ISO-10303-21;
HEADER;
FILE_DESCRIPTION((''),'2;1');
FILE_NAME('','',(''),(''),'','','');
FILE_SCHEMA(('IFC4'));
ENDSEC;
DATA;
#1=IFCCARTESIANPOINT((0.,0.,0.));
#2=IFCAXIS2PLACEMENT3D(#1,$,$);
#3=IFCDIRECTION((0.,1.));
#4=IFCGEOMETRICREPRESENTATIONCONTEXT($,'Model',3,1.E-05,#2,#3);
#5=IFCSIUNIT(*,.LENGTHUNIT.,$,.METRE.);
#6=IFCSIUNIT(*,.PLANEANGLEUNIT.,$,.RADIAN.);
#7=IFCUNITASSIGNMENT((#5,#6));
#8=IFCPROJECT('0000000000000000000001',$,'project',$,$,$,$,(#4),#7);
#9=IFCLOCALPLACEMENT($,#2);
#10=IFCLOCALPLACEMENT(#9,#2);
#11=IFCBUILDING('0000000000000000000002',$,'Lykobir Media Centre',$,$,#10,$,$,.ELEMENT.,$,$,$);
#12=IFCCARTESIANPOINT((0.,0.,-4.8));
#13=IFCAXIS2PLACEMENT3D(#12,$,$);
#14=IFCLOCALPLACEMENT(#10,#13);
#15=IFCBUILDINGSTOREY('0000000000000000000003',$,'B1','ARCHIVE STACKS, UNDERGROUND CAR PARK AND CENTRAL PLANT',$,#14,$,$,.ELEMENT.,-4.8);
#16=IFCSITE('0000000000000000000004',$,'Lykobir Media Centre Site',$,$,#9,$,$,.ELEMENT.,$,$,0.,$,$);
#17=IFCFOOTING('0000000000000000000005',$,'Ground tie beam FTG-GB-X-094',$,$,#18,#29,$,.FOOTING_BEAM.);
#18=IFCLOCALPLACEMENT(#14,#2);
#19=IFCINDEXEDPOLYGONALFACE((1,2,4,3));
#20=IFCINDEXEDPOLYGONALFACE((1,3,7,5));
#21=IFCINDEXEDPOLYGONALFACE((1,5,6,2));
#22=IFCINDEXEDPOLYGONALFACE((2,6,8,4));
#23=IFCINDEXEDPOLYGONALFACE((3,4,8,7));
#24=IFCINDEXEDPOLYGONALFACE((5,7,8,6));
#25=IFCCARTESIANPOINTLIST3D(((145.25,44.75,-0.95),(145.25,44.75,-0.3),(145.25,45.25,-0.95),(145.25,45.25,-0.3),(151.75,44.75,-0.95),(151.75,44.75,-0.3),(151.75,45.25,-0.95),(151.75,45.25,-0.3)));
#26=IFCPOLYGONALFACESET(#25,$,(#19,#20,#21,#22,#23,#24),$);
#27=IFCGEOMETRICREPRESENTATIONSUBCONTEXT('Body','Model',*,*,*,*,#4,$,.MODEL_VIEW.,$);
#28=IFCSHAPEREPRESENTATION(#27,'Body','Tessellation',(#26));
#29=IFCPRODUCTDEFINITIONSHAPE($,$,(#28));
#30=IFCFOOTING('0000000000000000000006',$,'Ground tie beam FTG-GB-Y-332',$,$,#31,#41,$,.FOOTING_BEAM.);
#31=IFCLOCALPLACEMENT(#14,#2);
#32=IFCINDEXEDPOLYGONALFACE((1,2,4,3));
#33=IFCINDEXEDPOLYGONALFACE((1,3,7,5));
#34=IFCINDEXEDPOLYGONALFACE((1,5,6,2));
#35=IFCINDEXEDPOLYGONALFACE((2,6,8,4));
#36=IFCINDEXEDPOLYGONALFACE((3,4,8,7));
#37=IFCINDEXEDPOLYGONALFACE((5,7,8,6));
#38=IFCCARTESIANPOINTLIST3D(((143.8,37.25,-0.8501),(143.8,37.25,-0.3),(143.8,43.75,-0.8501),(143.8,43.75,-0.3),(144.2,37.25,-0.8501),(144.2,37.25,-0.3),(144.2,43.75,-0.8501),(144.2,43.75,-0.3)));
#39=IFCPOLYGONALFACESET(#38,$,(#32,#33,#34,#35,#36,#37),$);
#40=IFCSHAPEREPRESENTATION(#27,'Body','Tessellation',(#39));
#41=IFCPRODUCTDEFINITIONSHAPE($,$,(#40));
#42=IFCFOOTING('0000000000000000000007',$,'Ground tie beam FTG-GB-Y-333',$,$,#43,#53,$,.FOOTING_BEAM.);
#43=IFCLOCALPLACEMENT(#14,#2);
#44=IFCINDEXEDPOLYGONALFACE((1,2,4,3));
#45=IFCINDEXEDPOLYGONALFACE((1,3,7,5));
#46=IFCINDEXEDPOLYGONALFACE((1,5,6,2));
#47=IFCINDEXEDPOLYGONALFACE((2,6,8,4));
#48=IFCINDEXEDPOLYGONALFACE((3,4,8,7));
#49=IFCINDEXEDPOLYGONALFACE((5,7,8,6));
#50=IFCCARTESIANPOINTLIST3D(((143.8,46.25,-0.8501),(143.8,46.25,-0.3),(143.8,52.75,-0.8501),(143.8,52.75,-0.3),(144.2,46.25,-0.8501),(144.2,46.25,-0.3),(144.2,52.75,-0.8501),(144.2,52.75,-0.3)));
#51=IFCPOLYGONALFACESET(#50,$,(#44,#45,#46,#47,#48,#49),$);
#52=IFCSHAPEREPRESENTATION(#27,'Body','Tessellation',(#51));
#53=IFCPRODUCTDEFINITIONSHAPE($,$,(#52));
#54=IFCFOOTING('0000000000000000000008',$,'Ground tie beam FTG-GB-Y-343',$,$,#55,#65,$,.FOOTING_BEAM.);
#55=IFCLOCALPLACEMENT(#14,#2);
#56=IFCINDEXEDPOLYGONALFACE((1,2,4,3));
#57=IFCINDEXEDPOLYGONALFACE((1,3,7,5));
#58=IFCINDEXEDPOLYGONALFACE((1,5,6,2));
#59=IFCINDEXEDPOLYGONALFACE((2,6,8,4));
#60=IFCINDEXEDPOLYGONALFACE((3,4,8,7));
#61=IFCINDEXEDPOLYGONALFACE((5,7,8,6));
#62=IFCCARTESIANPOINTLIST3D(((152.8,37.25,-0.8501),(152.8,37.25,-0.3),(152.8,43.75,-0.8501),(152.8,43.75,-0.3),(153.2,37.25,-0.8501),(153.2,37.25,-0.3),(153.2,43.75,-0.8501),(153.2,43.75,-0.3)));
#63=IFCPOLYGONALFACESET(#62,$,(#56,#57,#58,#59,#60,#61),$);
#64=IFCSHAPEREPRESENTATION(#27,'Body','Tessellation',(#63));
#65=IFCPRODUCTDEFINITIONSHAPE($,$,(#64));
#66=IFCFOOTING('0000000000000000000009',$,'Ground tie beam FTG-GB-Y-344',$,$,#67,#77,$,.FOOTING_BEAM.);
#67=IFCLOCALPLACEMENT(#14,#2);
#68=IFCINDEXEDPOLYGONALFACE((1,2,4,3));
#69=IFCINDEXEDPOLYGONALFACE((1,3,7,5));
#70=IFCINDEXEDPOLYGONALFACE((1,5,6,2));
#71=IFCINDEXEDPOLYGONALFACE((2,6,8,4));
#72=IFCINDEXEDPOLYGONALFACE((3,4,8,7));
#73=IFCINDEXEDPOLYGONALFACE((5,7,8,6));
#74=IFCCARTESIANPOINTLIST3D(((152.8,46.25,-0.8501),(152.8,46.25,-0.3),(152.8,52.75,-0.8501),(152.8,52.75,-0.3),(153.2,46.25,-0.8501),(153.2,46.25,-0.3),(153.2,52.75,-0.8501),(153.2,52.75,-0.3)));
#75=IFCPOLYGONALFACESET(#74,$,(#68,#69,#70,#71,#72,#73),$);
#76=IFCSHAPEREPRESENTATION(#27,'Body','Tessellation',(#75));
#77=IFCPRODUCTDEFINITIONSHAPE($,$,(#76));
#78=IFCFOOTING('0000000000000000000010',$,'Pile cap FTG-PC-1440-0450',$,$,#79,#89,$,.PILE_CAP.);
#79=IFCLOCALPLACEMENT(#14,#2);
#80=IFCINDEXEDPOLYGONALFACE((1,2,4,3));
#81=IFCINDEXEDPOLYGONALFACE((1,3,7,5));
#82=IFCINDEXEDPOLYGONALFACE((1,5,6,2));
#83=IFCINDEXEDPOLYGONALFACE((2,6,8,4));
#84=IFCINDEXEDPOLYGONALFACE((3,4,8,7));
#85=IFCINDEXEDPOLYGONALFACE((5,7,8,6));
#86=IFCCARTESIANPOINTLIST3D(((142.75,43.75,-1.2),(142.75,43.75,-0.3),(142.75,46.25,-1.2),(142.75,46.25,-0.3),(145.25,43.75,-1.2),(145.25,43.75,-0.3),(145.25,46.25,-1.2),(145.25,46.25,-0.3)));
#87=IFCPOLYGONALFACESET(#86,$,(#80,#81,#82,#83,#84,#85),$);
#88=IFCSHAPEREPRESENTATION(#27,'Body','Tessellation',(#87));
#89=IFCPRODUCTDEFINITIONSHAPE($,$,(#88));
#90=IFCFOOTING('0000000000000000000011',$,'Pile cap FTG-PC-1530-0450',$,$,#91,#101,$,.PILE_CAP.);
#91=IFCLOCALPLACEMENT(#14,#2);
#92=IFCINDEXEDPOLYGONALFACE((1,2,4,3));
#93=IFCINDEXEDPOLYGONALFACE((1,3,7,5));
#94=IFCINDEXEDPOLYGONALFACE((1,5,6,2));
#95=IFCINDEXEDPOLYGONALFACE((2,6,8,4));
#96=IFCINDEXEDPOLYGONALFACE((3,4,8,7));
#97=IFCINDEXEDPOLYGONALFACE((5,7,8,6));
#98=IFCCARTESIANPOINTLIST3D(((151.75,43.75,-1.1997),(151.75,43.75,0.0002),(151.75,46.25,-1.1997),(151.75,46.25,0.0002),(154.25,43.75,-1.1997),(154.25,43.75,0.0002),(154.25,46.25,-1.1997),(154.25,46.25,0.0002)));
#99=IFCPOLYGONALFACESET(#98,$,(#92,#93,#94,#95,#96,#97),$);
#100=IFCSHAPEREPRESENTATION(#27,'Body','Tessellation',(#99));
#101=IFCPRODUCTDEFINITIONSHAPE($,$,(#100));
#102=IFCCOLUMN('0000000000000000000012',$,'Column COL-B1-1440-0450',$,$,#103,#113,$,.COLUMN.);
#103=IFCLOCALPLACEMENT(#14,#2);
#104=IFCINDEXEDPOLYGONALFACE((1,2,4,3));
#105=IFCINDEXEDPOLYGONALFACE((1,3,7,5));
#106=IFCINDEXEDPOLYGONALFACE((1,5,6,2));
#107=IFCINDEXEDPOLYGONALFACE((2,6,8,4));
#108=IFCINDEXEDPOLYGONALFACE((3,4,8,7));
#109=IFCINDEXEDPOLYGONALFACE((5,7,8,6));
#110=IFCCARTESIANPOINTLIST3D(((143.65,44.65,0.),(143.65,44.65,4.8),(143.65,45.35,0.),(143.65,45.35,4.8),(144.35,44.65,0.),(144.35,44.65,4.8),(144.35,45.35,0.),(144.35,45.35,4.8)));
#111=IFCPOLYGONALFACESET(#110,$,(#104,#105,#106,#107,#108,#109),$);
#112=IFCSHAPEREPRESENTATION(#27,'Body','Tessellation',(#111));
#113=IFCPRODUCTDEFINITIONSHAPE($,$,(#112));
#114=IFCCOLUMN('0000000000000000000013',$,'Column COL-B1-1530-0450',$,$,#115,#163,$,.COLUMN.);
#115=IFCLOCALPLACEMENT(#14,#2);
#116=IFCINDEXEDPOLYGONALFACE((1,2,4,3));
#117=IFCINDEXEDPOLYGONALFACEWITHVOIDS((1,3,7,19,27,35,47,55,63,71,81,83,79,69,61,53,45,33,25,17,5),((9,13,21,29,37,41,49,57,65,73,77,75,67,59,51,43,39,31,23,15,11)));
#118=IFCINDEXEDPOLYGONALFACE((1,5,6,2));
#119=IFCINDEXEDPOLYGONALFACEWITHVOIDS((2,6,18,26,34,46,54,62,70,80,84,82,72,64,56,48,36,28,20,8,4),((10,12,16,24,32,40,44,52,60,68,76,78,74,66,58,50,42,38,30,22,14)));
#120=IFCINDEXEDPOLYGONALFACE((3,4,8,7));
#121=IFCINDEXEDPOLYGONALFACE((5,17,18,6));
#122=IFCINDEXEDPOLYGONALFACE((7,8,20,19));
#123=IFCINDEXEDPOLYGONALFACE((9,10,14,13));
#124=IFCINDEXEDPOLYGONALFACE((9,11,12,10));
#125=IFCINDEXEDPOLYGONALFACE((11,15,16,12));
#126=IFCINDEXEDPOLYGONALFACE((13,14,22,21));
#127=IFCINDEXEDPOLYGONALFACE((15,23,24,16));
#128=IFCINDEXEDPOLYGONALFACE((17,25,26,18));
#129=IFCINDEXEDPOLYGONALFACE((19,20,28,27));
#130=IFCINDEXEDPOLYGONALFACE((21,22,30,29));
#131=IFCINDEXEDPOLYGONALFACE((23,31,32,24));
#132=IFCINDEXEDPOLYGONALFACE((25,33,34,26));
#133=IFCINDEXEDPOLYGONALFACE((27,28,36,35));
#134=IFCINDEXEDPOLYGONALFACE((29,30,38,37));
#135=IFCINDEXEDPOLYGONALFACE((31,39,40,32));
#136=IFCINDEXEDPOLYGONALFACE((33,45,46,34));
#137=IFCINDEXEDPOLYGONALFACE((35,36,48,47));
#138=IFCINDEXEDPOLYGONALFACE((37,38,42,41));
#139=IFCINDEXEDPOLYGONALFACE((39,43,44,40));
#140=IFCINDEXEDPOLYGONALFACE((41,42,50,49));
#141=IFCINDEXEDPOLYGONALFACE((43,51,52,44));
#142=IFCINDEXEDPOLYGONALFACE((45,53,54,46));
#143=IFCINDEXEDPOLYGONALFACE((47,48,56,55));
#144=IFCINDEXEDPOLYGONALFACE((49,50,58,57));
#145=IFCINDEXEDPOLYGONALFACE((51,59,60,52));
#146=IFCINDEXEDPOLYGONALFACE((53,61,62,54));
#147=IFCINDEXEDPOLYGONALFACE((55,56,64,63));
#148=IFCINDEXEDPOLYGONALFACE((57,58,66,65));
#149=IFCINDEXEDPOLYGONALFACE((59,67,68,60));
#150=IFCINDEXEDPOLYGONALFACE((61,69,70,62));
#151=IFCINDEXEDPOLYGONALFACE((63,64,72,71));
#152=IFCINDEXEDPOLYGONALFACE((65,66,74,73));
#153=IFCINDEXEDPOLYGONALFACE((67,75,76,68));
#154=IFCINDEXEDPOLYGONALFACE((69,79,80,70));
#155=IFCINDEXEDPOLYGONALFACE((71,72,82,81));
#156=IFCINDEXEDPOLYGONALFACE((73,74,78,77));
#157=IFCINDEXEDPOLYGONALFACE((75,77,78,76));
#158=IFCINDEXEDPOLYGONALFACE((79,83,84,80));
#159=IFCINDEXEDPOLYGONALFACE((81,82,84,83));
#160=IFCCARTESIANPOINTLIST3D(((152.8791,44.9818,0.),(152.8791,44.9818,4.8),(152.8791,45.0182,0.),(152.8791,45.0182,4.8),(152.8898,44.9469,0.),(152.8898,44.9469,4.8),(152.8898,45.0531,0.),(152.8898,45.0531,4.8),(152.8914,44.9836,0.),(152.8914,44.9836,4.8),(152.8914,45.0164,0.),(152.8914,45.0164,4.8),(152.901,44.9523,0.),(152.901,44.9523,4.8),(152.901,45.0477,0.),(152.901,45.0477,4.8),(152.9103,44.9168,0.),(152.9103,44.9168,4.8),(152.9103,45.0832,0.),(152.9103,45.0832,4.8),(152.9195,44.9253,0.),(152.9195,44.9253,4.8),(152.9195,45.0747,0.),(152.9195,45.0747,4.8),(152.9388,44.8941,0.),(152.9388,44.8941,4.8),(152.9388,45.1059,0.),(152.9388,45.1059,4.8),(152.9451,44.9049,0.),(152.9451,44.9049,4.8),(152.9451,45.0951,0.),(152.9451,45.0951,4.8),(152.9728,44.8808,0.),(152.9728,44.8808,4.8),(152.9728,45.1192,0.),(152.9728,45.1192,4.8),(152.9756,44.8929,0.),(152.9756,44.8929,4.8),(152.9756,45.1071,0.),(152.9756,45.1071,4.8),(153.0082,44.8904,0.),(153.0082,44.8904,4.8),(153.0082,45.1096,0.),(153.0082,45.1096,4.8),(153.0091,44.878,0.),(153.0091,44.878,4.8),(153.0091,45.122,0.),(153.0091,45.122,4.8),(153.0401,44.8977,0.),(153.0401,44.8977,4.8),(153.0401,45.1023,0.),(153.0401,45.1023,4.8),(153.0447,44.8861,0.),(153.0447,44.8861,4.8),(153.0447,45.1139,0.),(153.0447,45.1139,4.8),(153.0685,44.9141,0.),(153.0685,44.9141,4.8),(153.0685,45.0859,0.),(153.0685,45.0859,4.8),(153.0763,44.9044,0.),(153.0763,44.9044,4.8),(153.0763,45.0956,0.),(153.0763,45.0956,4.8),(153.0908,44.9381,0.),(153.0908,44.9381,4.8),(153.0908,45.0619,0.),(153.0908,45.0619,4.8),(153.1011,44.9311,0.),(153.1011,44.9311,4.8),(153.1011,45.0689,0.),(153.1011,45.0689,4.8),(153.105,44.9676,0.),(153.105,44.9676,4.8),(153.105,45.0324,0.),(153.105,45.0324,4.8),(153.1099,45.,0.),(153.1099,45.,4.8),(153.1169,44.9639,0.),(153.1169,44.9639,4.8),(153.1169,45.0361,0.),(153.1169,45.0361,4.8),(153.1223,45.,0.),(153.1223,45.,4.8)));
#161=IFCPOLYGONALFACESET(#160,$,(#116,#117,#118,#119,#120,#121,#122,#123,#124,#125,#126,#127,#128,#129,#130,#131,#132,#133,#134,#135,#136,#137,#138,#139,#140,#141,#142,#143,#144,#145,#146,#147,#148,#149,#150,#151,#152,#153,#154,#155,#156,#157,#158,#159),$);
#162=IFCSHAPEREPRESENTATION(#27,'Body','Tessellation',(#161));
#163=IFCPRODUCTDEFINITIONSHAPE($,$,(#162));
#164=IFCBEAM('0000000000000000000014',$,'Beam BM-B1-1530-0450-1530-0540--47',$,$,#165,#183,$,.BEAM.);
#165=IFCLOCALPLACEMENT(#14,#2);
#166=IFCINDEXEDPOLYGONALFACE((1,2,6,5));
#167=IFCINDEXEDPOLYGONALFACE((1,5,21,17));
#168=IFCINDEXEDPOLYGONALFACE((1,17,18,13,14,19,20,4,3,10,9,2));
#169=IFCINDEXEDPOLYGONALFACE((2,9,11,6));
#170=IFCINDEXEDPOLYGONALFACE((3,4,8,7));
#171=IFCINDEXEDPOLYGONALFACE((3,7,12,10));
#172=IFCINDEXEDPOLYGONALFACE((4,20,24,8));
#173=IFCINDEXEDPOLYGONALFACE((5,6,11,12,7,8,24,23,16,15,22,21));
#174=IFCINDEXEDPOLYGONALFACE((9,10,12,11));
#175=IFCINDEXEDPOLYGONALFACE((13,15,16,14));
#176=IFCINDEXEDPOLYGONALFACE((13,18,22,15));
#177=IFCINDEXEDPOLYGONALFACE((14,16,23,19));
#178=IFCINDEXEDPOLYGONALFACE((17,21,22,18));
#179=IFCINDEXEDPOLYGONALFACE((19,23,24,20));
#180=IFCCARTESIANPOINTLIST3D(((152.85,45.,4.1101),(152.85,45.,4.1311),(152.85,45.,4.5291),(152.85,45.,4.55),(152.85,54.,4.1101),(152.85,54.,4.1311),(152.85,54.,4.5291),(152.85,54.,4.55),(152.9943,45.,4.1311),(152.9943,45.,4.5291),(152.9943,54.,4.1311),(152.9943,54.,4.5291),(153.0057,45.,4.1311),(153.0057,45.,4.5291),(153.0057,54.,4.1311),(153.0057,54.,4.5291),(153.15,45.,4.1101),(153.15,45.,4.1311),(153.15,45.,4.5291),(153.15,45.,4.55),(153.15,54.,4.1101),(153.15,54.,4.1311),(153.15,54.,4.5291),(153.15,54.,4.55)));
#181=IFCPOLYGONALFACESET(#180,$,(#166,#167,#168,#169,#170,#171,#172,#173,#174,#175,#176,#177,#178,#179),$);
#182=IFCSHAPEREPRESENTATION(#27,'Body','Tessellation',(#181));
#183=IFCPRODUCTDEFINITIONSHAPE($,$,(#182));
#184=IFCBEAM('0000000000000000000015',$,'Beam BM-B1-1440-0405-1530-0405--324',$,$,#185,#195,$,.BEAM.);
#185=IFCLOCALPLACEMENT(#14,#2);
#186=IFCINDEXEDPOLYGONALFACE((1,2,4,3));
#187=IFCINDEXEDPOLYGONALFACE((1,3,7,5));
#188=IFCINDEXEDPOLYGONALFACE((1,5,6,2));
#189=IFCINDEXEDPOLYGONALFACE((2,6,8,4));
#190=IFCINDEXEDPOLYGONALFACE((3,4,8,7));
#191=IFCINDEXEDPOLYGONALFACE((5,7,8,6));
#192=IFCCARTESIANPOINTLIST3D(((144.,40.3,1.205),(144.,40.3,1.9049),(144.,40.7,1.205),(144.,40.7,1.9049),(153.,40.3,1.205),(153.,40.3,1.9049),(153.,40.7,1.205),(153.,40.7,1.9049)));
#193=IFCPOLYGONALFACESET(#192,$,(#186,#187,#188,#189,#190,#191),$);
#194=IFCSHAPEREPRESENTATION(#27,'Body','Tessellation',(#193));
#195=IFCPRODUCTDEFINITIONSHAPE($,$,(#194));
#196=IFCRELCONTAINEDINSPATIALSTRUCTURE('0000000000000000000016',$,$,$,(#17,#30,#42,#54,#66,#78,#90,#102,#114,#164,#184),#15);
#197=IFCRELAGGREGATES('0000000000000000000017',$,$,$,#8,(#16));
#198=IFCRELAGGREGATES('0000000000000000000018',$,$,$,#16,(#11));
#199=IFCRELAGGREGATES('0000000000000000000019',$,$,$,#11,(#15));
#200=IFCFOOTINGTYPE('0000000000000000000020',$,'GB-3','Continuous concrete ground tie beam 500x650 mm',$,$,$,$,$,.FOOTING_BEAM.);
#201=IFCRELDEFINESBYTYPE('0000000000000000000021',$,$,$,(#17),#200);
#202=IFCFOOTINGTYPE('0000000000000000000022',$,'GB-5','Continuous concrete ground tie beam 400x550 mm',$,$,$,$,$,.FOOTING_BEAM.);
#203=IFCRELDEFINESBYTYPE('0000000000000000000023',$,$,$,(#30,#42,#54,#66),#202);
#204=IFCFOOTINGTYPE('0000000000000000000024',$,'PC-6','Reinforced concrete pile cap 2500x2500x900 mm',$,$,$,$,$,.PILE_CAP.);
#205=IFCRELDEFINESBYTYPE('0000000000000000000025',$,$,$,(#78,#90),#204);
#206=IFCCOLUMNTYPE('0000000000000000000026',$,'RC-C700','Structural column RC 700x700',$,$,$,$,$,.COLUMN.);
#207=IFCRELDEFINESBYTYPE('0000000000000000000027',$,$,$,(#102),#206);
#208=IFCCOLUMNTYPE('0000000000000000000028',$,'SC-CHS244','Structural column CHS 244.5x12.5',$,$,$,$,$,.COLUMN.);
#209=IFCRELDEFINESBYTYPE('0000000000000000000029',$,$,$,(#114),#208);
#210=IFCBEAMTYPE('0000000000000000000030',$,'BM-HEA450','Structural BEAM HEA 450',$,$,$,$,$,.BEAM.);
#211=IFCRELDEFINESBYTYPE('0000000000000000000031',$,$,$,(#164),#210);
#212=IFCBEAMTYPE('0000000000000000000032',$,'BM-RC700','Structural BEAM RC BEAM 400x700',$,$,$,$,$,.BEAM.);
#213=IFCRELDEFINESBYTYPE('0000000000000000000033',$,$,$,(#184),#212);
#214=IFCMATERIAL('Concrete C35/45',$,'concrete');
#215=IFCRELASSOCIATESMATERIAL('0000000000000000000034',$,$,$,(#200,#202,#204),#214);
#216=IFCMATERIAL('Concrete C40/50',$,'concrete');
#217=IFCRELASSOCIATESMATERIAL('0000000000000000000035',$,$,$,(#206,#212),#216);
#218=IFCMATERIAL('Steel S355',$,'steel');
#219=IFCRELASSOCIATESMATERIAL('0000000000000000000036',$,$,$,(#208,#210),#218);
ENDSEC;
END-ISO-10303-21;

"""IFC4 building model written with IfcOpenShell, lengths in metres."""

from ifc_helpers import new_model, si_unit, direction, frame, origin, origin_2d, place, context, subcontext, project, spatial, rectangle, hollow_circle, i_section, extrude, material, material_profile, profile_set, type_object, element, save


model = new_model("IFC4")

# Units and contexts
model_context = context("Model", 3, precision=1e-05, world=origin(), true_north=direction((0.0, 1.0)))
body_context = subcontext(model_context, "Body", "Model", "MODEL_VIEW")
ifc_project = project(units=[si_unit("LENGTHUNIT", "METRE"), si_unit("PLANEANGLEUNIT", "RADIAN")], contexts=[model_context])

# Site, building, storey
site_placement = place(None, origin())
site = spatial("IfcSite", under=ifc_project, at=site_placement, Name="Lykobir Media Centre Site", CompositionType="ELEMENT", RefElevation=0.0)
building_placement = place(site_placement, origin())
building = spatial("IfcBuilding", under=site, at=building_placement, Name="Lykobir Media Centre", CompositionType="ELEMENT")
storey_placement = place(building_placement, frame((0.0, 0.0, -4.8)))
storey = spatial("IfcBuildingStorey", under=building, at=storey_placement, Name="B1", Description="ARCHIVE STACKS, UNDERGROUND CAR PARK AND CENTRAL PLANT", CompositionType="ELEMENT", Elevation=-4.8)

# Footings
ifc_material_1 = material(Name="Concrete C35/45", Category="concrete")
footing_type_1 = type_object("IfcFootingType", Name="GB-3", Description="Continuous concrete ground tie beam 500x650 mm", PredefinedType="FOOTING_BEAM", material=ifc_material_1)
for number, where, z_axis, x_axis, name in (
    (1, (148.5, 45.0, -0.95), (0.0, 0.0, 1.0), (1.0, 0.0, 0.0), "Ground tie beam FTG-GB-X-094"),
):
    element("IfcFooting", number, at=place(storey_placement, frame(where, z_axis=z_axis, x_axis=x_axis)), inside=storey, type_object=footing_type_1, Name=name, PredefinedType="FOOTING_BEAM", context=body_context, shape_type="SweptSolid", body=[
        extrude(rectangle(XDim=6.5, YDim=0.5, at=origin_2d()), origin(), (0.0, 0.0, 1.0), 0.6499),
    ])
footing_type_2 = type_object("IfcFootingType", Name="GB-5", Description="Continuous concrete ground tie beam 400x550 mm", PredefinedType="FOOTING_BEAM", material=ifc_material_1)
for number, where, z_axis, x_axis, name in (
    (2, (144.0, 40.5, -0.8501), (0.0, 0.0, 1.0), (0.0, 1.0, 0.0), "Ground tie beam FTG-GB-Y-332"),
    (3, (144.0, 49.5, -0.8501), (0.0, 0.0, 1.0), (0.0, 1.0, 0.0), "Ground tie beam FTG-GB-Y-333"),
    (4, (153.0, 40.5, -0.8501), (0.0, 0.0, 1.0), (0.0, 1.0, 0.0), "Ground tie beam FTG-GB-Y-343"),
    (5, (153.0, 49.5, -0.8501), (0.0, 0.0, 1.0), (0.0, 1.0, 0.0), "Ground tie beam FTG-GB-Y-344"),
):
    element("IfcFooting", number, at=place(storey_placement, frame(where, z_axis=z_axis, x_axis=x_axis)), inside=storey, type_object=footing_type_2, Name=name, PredefinedType="FOOTING_BEAM", context=body_context, shape_type="SweptSolid", body=[
        extrude(rectangle(XDim=6.5, YDim=0.3999, at=origin_2d()), origin(), (0.0, 0.0, 1.0), 0.55),
    ])
footing_type_3 = type_object("IfcFootingType", Name="PC-6", Description="Reinforced concrete pile cap 2500x2500x900 mm", PredefinedType="PILE_CAP", material=ifc_material_1)
footing_1_placement = place(storey_placement, frame((144.0, 45.0, -1.2), z_axis=(0.0, 0.0, 1.0), x_axis=(1.0, 0.0, 0.0)))
element("IfcFooting", 6, at=footing_1_placement, inside=storey, type_object=footing_type_3, Name="Pile cap FTG-PC-1440-0450", PredefinedType="PILE_CAP", context=body_context, shape_type="SweptSolid", body=[
    extrude(rectangle(XDim=2.5, YDim=2.5, at=origin_2d()), origin(), (0.0, 0.0, 1.0), 0.8999),
])
footing_2_placement = place(storey_placement, frame((153.0, 45.0, -1.1997), z_axis=(0.0, 0.0, 1.0), x_axis=(1.0, 0.0, 0.0)))
element("IfcFooting", 7, at=footing_2_placement, inside=storey, type_object=footing_type_3, Name="Pile cap FTG-PC-1530-0450", PredefinedType="PILE_CAP", context=body_context, shape_type="SweptSolid", body=[
    extrude(rectangle(XDim=2.5, YDim=2.5, at=origin_2d()), origin(), (0.0, 0.0, 1.0), 1.2),
])

# Columns
ifc_material_2 = material(Name="Concrete C40/50", Category="concrete")
ifc_material_profile_1 = material_profile(ifc_material_2, rectangle(XDim=0.7, YDim=0.7, at=origin_2d()), Name="RC 700x700")
ifc_profile_set_1 = profile_set([ifc_material_profile_1], Name="Concrete C40/50")
column_type_1 = type_object("IfcColumnType", Name="RC-C700", Description="Structural column RC 700x700", PredefinedType="COLUMN", material=ifc_profile_set_1)
column_1_placement = place(storey_placement, frame((144.0, 45.0, 0.0), z_axis=(0.0, 0.0, 1.0), x_axis=(1.0, 0.0, 0.0)))
element("IfcColumn", 8, at=column_1_placement, inside=storey, type_object=column_type_1, Name="Column COL-B1-1440-0450", PredefinedType="COLUMN", context=body_context, shape_type="SweptSolid", body=[
    extrude(rectangle(XDim=0.7, YDim=0.7, at=origin_2d()), origin(), (0.0, 0.0, 1.0), 4.8),
])
ifc_material_3 = material(Name="Steel S355", Category="steel")
ifc_material_profile_2 = material_profile(ifc_material_3, hollow_circle(Radius=0.1223, WallThickness=0.0125, at=origin_2d()), Name="CHS 244.5x12.5")
ifc_profile_set_2 = profile_set([ifc_material_profile_2], Name="Steel S355")
column_type_2 = type_object("IfcColumnType", Name="SC-CHS244", Description="Structural column CHS 244.5x12.5", PredefinedType="COLUMN", material=ifc_profile_set_2)
column_2_placement = place(storey_placement, frame((153.0, 45.0, 0.0), z_axis=(0.0, 0.0, 1.0), x_axis=(1.0, 0.0, 0.0)))
element("IfcColumn", 9, at=column_2_placement, inside=storey, type_object=column_type_2, Name="Column COL-B1-1530-0450", PredefinedType="COLUMN", context=body_context, shape_type="SweptSolid", body=[
    extrude(hollow_circle(Radius=0.1223, WallThickness=0.0125, at=origin_2d()), origin(), (0.0, 0.0, 1.0), 4.8),
])

# Beams
ifc_material_profile_3 = material_profile(ifc_material_3, i_section(OverallWidth=0.3, OverallDepth=0.4399, WebThickness=0.0115, FlangeThickness=0.021, at=origin_2d()), Name="HEA 450")
ifc_profile_set_3 = profile_set([ifc_material_profile_3], Name="Steel S355")
beam_type_1 = type_object("IfcBeamType", Name="BM-HEA450", Description="Structural BEAM HEA 450", PredefinedType="BEAM", material=ifc_profile_set_3)
beam_1_placement = place(storey_placement, frame((153.0, 45.0, 4.3301), z_axis=(0.0, 1.0, 0.0), x_axis=(-1.0, 0.0, 0.0)))
element("IfcBeam", 10, at=beam_1_placement, inside=storey, type_object=beam_type_1, Name="Beam BM-B1-1530-0450-1530-0540--47", PredefinedType="BEAM", context=body_context, shape_type="SweptSolid", body=[
    extrude(i_section(OverallWidth=0.3, OverallDepth=0.4399, WebThickness=0.0115, FlangeThickness=0.021, at=origin_2d()), origin(), (0.0, 0.0, 1.0), 9.0),
])
ifc_material_profile_4 = material_profile(ifc_material_2, rectangle(XDim=0.3999, YDim=0.7, at=origin_2d()), Name="RC BEAM 400x700")
ifc_profile_set_4 = profile_set([ifc_material_profile_4], Name="Concrete C40/50")
beam_type_2 = type_object("IfcBeamType", Name="BM-RC700", Description="Structural BEAM RC BEAM 400x700", PredefinedType="BEAM", material=ifc_profile_set_4)
for number, where, z_axis, x_axis, name in (
    (11, (144.0, 40.5, 1.5549), (1.0, 0.0, 0.0), (0.0, 1.0, 0.0), "Beam BM-B1-1440-0405-1530-0405--324"),
):
    element("IfcBeam", number, at=place(storey_placement, frame(where, z_axis=z_axis, x_axis=x_axis)), inside=storey, type_object=beam_type_2, Name=name, PredefinedType="BEAM", context=body_context, shape_type="SweptSolid", body=[
        extrude(rectangle(XDim=0.3999, YDim=0.7, at=origin_2d()), origin(), (0.0, 0.0, 1.0), 9.0),
    ])

save(model, "model.ifc")
